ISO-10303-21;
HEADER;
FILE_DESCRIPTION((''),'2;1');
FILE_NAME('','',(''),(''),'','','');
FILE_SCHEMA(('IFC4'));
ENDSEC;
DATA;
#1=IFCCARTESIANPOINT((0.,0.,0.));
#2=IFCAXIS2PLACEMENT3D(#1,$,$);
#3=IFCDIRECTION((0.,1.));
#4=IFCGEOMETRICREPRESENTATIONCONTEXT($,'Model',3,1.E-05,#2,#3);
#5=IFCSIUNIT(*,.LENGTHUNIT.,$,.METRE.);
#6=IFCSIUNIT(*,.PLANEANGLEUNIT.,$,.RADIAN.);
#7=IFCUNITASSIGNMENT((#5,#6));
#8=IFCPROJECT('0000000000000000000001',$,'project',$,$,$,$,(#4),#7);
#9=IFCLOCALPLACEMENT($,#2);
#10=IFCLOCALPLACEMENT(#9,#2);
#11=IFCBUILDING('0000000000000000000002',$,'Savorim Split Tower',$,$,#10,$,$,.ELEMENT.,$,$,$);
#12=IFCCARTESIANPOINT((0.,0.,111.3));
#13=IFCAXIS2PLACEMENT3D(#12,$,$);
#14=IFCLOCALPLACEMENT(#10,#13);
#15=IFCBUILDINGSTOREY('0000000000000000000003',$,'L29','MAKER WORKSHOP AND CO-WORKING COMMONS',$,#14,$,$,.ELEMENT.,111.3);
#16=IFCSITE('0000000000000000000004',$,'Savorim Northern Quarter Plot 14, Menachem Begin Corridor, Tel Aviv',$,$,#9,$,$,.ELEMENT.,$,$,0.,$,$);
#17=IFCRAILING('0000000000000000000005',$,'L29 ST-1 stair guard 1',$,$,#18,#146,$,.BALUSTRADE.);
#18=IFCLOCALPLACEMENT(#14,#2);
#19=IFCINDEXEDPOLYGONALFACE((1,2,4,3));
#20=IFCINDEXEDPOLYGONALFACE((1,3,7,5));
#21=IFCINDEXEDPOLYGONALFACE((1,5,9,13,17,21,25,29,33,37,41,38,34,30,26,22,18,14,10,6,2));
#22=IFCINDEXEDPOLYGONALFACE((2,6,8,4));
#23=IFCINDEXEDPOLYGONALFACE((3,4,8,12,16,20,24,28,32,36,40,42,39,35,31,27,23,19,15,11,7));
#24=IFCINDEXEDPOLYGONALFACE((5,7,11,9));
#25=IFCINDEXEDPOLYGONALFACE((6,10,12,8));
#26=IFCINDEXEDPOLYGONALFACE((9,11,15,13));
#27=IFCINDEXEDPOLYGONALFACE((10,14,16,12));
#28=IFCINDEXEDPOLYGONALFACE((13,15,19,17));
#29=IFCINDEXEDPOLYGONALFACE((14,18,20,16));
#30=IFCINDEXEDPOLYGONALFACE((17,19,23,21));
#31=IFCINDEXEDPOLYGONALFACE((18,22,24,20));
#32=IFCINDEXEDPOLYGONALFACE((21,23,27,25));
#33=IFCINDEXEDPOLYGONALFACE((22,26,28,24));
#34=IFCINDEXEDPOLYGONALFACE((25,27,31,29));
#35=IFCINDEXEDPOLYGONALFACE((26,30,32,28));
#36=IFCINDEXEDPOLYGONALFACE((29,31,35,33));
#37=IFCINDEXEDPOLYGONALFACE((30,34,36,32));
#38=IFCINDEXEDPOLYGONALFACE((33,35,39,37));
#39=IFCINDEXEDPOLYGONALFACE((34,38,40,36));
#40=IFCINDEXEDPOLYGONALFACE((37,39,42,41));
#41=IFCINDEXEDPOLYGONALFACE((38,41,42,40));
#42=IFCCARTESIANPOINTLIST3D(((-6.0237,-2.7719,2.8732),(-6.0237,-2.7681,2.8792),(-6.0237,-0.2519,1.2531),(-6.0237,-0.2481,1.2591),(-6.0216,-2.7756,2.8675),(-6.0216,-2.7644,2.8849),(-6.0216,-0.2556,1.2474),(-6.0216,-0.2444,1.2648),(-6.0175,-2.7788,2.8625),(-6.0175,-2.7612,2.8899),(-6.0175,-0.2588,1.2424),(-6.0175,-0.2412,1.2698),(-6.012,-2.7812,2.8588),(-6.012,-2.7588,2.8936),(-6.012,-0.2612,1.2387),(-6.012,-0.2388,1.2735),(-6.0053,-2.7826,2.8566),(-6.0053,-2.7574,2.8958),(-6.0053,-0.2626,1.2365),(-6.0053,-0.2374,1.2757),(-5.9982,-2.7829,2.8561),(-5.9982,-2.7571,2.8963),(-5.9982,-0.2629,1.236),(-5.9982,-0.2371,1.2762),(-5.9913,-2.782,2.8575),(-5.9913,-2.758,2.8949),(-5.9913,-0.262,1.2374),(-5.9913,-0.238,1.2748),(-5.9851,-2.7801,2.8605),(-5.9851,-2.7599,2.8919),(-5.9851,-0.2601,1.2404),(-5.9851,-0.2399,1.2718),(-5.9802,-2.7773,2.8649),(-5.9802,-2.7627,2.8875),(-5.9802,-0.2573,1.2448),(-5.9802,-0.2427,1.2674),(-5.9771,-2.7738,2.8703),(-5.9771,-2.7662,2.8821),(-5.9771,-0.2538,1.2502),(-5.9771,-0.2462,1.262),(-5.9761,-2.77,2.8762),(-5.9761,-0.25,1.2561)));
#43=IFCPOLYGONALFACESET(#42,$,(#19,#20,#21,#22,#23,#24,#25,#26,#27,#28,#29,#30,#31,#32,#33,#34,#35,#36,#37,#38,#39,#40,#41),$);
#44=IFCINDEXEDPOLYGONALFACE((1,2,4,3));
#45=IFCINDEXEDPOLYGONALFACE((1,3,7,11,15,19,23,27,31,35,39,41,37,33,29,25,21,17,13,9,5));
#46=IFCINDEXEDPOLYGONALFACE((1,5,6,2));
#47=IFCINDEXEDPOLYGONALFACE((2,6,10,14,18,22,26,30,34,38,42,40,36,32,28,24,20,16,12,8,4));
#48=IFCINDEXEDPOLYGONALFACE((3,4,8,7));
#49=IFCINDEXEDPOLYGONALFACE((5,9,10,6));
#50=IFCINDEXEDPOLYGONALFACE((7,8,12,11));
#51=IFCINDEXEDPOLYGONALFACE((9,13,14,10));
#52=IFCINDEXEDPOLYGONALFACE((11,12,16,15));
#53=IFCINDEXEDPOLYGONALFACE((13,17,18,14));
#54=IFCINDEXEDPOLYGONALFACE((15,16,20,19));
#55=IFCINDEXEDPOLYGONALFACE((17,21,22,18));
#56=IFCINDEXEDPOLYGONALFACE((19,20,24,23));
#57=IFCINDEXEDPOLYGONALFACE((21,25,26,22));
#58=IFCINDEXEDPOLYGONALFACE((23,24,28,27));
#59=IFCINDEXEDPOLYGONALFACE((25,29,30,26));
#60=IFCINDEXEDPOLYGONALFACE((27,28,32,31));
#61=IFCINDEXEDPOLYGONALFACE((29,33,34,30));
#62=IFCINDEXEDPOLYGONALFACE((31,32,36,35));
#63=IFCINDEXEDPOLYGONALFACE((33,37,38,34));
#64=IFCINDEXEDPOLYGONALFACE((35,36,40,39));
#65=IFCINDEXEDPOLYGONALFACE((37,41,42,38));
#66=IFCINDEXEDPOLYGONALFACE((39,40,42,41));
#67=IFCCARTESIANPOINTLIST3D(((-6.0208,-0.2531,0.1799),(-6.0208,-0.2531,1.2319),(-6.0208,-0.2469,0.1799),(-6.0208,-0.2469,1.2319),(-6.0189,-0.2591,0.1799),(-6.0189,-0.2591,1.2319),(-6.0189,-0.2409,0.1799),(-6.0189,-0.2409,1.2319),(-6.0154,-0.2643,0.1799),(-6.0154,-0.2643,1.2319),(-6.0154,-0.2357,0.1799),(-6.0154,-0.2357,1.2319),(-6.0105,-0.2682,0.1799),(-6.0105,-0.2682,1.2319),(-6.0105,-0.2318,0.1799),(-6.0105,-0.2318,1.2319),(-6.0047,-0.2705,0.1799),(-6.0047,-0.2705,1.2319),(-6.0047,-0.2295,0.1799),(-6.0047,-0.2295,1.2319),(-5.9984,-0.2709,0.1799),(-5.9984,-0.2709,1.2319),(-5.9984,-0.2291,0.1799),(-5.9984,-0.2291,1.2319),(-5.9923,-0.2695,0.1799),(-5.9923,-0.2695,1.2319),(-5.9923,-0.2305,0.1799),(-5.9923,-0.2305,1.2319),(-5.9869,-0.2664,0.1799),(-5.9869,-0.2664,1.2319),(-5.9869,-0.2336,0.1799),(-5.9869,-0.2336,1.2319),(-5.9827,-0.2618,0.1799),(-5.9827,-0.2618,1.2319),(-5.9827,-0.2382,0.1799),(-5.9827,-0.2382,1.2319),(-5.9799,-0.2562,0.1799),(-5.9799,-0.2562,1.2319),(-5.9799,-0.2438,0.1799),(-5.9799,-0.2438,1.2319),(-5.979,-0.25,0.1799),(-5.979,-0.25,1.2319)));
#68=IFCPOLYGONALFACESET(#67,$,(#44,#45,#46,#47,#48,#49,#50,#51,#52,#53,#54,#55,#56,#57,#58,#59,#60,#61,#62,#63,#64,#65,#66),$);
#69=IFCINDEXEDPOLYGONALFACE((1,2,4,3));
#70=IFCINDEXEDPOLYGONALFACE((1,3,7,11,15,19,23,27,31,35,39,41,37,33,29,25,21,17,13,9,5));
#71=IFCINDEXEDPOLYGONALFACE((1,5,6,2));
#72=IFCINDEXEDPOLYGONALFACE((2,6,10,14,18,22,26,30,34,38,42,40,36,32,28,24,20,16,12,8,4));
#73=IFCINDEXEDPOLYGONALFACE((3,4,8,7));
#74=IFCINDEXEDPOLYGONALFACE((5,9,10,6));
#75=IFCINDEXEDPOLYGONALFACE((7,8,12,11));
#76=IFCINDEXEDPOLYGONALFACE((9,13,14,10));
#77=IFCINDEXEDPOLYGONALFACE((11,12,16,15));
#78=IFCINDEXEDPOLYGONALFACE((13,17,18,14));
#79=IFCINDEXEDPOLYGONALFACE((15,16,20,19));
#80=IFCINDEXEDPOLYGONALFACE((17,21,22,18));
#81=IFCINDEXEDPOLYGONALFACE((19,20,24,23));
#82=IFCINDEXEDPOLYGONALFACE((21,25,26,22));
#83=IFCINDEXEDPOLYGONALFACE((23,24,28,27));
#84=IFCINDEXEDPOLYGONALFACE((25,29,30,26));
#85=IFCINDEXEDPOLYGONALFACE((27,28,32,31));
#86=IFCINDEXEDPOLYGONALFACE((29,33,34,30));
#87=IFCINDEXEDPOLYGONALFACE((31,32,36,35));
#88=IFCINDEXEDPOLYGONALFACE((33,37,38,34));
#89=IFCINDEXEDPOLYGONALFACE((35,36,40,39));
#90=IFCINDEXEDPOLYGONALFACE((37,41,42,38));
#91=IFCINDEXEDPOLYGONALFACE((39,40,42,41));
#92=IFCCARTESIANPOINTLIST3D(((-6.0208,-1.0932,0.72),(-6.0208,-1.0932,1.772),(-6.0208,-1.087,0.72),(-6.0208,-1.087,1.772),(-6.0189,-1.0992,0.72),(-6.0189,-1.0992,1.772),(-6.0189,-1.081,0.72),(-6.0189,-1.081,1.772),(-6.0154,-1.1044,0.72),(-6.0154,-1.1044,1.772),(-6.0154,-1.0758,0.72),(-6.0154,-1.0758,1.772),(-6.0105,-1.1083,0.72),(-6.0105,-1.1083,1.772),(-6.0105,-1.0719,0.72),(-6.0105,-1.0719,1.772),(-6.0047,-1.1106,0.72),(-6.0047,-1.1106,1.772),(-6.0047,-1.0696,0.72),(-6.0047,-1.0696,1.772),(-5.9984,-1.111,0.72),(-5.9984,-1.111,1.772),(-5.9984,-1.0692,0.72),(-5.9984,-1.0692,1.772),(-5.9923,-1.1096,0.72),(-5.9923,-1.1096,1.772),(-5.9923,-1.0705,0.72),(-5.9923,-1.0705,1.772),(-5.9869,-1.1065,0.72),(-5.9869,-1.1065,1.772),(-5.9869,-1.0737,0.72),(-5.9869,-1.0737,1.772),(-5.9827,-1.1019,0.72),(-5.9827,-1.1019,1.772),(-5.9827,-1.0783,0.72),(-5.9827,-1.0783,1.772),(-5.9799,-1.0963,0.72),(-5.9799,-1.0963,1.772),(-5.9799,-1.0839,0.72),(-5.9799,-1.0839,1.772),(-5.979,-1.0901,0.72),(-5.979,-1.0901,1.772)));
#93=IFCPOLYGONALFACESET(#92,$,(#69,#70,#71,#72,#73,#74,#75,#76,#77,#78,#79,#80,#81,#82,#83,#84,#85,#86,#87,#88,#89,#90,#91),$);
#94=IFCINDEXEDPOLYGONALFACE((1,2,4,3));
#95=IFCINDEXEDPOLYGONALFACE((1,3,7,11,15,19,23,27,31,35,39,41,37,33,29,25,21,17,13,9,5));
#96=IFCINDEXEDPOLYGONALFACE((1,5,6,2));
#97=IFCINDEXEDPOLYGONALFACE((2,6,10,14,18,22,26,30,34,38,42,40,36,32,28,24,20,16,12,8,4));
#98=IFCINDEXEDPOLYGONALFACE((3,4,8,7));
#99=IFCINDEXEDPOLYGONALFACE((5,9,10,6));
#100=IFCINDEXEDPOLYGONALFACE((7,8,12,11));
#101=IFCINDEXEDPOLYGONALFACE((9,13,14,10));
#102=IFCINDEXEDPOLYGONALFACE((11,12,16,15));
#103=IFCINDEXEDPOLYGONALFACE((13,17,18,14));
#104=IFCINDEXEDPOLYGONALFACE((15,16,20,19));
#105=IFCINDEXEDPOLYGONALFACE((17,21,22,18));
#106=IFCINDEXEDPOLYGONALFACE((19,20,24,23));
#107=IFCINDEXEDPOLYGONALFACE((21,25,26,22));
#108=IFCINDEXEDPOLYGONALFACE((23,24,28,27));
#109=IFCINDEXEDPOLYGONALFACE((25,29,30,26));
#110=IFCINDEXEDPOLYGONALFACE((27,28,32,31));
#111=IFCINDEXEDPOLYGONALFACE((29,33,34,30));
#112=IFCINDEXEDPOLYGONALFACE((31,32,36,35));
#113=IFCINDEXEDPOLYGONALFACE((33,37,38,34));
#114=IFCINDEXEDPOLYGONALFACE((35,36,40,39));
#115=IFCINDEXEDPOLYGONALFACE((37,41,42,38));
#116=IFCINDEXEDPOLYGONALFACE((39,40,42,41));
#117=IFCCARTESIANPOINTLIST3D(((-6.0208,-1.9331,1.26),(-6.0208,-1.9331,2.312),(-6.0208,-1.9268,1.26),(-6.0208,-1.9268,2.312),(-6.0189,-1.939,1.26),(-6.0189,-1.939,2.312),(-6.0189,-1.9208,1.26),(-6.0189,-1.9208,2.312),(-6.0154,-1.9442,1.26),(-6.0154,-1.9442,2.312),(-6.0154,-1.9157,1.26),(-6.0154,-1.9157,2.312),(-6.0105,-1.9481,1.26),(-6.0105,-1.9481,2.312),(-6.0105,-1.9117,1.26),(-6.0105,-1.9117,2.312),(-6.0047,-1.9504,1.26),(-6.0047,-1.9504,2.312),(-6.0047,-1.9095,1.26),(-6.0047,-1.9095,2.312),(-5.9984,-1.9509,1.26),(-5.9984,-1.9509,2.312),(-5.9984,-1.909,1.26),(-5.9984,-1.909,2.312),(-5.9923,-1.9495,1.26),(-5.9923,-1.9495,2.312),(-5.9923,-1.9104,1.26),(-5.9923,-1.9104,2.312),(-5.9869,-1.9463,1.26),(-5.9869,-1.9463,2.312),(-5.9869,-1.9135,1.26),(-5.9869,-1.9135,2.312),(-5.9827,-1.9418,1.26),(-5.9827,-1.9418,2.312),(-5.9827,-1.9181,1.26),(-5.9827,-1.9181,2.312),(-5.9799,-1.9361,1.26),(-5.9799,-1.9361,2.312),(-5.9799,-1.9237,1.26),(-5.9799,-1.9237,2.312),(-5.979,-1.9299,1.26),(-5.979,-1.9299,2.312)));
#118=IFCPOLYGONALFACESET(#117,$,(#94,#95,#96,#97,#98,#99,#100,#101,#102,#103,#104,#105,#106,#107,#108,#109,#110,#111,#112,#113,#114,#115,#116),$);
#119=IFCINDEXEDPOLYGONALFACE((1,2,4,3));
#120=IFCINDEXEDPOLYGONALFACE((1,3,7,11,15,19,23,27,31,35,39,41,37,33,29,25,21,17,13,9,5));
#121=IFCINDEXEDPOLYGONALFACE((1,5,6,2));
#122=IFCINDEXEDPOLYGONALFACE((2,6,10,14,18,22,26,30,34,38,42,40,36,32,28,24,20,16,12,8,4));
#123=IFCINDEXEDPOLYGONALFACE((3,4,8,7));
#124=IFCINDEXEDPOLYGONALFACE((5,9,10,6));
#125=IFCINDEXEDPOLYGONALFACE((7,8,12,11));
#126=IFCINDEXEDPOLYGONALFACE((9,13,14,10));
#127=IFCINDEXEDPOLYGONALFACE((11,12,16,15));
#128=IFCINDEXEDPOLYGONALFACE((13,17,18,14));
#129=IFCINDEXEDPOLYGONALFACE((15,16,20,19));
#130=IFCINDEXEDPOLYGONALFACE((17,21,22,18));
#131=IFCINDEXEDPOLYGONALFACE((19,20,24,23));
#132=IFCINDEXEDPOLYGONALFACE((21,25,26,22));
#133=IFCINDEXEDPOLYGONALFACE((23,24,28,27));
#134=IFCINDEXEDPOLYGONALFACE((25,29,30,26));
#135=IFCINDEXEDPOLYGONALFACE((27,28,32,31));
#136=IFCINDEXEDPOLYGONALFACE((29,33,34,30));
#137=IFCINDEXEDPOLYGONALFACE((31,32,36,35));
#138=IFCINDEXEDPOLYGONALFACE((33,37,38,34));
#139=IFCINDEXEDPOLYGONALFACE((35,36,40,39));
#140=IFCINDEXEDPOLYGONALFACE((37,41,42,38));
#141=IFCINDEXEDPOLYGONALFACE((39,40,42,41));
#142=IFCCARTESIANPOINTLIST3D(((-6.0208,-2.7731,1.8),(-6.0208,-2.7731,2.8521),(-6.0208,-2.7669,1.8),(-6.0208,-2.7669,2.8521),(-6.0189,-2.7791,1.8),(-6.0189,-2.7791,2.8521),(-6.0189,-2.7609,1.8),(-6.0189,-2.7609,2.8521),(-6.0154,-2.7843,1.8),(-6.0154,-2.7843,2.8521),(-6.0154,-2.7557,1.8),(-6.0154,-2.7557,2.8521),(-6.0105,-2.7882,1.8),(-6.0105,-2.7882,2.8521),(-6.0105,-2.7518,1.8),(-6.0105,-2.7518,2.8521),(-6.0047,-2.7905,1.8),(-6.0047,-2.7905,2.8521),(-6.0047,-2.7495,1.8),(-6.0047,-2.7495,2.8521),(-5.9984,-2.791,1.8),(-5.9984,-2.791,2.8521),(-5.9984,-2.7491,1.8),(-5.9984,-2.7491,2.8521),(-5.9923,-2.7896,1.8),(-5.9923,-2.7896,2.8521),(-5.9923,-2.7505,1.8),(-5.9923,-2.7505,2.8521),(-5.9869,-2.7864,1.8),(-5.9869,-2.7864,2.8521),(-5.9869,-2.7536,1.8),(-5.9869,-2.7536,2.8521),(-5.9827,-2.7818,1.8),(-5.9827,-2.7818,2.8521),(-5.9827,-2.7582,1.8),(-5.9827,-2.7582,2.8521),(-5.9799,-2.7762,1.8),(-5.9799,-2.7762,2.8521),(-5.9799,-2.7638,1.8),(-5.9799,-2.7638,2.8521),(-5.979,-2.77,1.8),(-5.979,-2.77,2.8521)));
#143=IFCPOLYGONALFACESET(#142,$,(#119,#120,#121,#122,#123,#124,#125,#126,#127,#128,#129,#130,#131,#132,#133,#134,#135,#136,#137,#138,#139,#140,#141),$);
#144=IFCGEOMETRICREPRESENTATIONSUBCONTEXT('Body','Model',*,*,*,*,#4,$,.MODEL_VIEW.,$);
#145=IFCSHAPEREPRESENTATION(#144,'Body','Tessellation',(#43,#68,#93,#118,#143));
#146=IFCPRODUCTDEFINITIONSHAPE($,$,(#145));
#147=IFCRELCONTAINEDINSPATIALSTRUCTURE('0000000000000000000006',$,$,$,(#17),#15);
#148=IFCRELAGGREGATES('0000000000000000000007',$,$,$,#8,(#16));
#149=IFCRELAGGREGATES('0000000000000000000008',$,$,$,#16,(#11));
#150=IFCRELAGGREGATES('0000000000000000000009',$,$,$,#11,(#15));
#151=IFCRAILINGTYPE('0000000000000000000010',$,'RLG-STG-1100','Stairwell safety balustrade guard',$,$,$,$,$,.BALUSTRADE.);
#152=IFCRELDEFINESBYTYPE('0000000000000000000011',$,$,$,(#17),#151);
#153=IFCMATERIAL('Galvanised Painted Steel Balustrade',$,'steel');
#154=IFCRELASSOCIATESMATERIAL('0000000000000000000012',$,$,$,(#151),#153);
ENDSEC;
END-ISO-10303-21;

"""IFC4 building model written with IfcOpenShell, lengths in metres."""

from ifc_helpers import new_model, si_unit, direction, frame, origin, origin_2d, place, context, subcontext, project, spatial, circle, extrude, material, type_object, element, save


model = new_model("IFC4")

# Units and contexts
model_context = context("Model", 3, precision=1e-05, world=origin(), true_north=direction((0.0, 1.0)))
body_context = subcontext(model_context, "Body", "Model", "MODEL_VIEW")
ifc_project = project(units=[si_unit("LENGTHUNIT", "METRE"), si_unit("PLANEANGLEUNIT", "RADIAN")], contexts=[model_context])

# Site, building, storey
site_placement = place(None, origin())
site = spatial("IfcSite", under=ifc_project, at=site_placement, Name="Savorim Northern Quarter Plot 14, Menachem Begin Corridor, Tel Aviv", CompositionType="ELEMENT", RefElevation=0.0)
building_placement = place(site_placement, origin())
building = spatial("IfcBuilding", under=site, at=building_placement, Name="Savorim Split Tower", CompositionType="ELEMENT")
storey_placement = place(building_placement, frame((0.0, 0.0, 111.3)))
storey = spatial("IfcBuildingStorey", under=building, at=storey_placement, Name="L29", Description="MAKER WORKSHOP AND CO-WORKING COMMONS", CompositionType="ELEMENT", Elevation=111.3)

# Railing
ifc_material_1 = material(Name="Galvanised Painted Steel Balustrade", Category="steel")
railing_type_1 = type_object("IfcRailingType", Name="RLG-STG-1100", Description="Stairwell safety balustrade guard", PredefinedType="BALUSTRADE", material=ifc_material_1)
railing_1_placement = place(storey_placement, frame((-6.0, -0.25, 0.1799)))
element("IfcRailing", 1, at=railing_1_placement, inside=storey, type_object=railing_type_1, Name="L29 ST-1 stair guard 1", PredefinedType="BALUSTRADE", context=body_context, shape_type="SweptSolid", body=[
    extrude(circle(Radius=0.0239, at=origin_2d()), frame((0.0, 0.0, 1.0762), z_axis=(0.0, -0.841163, 0.540782), x_axis=(1.0, 0.0, 0.0)), (0.0, 0.0, 1.0), 2.9958),
    extrude(circle(Radius=0.021, at=origin_2d()), origin(), (0.0, 0.0, 1.0), 1.052),
    extrude(circle(Radius=0.021, at=origin_2d()), frame((0.0, -0.8401, 0.54)), (0.0, 0.0, 1.0), 1.052),
    extrude(circle(Radius=0.021, at=origin_2d()), frame((0.0, -1.6799, 1.0801)), (0.0, 0.0, 1.0), 1.052),
    extrude(circle(Radius=0.021, at=origin_2d()), frame((0.0, -2.52, 1.6201)), (0.0, 0.0, 1.0), 1.052),
])

save(model, "model.ifc")
